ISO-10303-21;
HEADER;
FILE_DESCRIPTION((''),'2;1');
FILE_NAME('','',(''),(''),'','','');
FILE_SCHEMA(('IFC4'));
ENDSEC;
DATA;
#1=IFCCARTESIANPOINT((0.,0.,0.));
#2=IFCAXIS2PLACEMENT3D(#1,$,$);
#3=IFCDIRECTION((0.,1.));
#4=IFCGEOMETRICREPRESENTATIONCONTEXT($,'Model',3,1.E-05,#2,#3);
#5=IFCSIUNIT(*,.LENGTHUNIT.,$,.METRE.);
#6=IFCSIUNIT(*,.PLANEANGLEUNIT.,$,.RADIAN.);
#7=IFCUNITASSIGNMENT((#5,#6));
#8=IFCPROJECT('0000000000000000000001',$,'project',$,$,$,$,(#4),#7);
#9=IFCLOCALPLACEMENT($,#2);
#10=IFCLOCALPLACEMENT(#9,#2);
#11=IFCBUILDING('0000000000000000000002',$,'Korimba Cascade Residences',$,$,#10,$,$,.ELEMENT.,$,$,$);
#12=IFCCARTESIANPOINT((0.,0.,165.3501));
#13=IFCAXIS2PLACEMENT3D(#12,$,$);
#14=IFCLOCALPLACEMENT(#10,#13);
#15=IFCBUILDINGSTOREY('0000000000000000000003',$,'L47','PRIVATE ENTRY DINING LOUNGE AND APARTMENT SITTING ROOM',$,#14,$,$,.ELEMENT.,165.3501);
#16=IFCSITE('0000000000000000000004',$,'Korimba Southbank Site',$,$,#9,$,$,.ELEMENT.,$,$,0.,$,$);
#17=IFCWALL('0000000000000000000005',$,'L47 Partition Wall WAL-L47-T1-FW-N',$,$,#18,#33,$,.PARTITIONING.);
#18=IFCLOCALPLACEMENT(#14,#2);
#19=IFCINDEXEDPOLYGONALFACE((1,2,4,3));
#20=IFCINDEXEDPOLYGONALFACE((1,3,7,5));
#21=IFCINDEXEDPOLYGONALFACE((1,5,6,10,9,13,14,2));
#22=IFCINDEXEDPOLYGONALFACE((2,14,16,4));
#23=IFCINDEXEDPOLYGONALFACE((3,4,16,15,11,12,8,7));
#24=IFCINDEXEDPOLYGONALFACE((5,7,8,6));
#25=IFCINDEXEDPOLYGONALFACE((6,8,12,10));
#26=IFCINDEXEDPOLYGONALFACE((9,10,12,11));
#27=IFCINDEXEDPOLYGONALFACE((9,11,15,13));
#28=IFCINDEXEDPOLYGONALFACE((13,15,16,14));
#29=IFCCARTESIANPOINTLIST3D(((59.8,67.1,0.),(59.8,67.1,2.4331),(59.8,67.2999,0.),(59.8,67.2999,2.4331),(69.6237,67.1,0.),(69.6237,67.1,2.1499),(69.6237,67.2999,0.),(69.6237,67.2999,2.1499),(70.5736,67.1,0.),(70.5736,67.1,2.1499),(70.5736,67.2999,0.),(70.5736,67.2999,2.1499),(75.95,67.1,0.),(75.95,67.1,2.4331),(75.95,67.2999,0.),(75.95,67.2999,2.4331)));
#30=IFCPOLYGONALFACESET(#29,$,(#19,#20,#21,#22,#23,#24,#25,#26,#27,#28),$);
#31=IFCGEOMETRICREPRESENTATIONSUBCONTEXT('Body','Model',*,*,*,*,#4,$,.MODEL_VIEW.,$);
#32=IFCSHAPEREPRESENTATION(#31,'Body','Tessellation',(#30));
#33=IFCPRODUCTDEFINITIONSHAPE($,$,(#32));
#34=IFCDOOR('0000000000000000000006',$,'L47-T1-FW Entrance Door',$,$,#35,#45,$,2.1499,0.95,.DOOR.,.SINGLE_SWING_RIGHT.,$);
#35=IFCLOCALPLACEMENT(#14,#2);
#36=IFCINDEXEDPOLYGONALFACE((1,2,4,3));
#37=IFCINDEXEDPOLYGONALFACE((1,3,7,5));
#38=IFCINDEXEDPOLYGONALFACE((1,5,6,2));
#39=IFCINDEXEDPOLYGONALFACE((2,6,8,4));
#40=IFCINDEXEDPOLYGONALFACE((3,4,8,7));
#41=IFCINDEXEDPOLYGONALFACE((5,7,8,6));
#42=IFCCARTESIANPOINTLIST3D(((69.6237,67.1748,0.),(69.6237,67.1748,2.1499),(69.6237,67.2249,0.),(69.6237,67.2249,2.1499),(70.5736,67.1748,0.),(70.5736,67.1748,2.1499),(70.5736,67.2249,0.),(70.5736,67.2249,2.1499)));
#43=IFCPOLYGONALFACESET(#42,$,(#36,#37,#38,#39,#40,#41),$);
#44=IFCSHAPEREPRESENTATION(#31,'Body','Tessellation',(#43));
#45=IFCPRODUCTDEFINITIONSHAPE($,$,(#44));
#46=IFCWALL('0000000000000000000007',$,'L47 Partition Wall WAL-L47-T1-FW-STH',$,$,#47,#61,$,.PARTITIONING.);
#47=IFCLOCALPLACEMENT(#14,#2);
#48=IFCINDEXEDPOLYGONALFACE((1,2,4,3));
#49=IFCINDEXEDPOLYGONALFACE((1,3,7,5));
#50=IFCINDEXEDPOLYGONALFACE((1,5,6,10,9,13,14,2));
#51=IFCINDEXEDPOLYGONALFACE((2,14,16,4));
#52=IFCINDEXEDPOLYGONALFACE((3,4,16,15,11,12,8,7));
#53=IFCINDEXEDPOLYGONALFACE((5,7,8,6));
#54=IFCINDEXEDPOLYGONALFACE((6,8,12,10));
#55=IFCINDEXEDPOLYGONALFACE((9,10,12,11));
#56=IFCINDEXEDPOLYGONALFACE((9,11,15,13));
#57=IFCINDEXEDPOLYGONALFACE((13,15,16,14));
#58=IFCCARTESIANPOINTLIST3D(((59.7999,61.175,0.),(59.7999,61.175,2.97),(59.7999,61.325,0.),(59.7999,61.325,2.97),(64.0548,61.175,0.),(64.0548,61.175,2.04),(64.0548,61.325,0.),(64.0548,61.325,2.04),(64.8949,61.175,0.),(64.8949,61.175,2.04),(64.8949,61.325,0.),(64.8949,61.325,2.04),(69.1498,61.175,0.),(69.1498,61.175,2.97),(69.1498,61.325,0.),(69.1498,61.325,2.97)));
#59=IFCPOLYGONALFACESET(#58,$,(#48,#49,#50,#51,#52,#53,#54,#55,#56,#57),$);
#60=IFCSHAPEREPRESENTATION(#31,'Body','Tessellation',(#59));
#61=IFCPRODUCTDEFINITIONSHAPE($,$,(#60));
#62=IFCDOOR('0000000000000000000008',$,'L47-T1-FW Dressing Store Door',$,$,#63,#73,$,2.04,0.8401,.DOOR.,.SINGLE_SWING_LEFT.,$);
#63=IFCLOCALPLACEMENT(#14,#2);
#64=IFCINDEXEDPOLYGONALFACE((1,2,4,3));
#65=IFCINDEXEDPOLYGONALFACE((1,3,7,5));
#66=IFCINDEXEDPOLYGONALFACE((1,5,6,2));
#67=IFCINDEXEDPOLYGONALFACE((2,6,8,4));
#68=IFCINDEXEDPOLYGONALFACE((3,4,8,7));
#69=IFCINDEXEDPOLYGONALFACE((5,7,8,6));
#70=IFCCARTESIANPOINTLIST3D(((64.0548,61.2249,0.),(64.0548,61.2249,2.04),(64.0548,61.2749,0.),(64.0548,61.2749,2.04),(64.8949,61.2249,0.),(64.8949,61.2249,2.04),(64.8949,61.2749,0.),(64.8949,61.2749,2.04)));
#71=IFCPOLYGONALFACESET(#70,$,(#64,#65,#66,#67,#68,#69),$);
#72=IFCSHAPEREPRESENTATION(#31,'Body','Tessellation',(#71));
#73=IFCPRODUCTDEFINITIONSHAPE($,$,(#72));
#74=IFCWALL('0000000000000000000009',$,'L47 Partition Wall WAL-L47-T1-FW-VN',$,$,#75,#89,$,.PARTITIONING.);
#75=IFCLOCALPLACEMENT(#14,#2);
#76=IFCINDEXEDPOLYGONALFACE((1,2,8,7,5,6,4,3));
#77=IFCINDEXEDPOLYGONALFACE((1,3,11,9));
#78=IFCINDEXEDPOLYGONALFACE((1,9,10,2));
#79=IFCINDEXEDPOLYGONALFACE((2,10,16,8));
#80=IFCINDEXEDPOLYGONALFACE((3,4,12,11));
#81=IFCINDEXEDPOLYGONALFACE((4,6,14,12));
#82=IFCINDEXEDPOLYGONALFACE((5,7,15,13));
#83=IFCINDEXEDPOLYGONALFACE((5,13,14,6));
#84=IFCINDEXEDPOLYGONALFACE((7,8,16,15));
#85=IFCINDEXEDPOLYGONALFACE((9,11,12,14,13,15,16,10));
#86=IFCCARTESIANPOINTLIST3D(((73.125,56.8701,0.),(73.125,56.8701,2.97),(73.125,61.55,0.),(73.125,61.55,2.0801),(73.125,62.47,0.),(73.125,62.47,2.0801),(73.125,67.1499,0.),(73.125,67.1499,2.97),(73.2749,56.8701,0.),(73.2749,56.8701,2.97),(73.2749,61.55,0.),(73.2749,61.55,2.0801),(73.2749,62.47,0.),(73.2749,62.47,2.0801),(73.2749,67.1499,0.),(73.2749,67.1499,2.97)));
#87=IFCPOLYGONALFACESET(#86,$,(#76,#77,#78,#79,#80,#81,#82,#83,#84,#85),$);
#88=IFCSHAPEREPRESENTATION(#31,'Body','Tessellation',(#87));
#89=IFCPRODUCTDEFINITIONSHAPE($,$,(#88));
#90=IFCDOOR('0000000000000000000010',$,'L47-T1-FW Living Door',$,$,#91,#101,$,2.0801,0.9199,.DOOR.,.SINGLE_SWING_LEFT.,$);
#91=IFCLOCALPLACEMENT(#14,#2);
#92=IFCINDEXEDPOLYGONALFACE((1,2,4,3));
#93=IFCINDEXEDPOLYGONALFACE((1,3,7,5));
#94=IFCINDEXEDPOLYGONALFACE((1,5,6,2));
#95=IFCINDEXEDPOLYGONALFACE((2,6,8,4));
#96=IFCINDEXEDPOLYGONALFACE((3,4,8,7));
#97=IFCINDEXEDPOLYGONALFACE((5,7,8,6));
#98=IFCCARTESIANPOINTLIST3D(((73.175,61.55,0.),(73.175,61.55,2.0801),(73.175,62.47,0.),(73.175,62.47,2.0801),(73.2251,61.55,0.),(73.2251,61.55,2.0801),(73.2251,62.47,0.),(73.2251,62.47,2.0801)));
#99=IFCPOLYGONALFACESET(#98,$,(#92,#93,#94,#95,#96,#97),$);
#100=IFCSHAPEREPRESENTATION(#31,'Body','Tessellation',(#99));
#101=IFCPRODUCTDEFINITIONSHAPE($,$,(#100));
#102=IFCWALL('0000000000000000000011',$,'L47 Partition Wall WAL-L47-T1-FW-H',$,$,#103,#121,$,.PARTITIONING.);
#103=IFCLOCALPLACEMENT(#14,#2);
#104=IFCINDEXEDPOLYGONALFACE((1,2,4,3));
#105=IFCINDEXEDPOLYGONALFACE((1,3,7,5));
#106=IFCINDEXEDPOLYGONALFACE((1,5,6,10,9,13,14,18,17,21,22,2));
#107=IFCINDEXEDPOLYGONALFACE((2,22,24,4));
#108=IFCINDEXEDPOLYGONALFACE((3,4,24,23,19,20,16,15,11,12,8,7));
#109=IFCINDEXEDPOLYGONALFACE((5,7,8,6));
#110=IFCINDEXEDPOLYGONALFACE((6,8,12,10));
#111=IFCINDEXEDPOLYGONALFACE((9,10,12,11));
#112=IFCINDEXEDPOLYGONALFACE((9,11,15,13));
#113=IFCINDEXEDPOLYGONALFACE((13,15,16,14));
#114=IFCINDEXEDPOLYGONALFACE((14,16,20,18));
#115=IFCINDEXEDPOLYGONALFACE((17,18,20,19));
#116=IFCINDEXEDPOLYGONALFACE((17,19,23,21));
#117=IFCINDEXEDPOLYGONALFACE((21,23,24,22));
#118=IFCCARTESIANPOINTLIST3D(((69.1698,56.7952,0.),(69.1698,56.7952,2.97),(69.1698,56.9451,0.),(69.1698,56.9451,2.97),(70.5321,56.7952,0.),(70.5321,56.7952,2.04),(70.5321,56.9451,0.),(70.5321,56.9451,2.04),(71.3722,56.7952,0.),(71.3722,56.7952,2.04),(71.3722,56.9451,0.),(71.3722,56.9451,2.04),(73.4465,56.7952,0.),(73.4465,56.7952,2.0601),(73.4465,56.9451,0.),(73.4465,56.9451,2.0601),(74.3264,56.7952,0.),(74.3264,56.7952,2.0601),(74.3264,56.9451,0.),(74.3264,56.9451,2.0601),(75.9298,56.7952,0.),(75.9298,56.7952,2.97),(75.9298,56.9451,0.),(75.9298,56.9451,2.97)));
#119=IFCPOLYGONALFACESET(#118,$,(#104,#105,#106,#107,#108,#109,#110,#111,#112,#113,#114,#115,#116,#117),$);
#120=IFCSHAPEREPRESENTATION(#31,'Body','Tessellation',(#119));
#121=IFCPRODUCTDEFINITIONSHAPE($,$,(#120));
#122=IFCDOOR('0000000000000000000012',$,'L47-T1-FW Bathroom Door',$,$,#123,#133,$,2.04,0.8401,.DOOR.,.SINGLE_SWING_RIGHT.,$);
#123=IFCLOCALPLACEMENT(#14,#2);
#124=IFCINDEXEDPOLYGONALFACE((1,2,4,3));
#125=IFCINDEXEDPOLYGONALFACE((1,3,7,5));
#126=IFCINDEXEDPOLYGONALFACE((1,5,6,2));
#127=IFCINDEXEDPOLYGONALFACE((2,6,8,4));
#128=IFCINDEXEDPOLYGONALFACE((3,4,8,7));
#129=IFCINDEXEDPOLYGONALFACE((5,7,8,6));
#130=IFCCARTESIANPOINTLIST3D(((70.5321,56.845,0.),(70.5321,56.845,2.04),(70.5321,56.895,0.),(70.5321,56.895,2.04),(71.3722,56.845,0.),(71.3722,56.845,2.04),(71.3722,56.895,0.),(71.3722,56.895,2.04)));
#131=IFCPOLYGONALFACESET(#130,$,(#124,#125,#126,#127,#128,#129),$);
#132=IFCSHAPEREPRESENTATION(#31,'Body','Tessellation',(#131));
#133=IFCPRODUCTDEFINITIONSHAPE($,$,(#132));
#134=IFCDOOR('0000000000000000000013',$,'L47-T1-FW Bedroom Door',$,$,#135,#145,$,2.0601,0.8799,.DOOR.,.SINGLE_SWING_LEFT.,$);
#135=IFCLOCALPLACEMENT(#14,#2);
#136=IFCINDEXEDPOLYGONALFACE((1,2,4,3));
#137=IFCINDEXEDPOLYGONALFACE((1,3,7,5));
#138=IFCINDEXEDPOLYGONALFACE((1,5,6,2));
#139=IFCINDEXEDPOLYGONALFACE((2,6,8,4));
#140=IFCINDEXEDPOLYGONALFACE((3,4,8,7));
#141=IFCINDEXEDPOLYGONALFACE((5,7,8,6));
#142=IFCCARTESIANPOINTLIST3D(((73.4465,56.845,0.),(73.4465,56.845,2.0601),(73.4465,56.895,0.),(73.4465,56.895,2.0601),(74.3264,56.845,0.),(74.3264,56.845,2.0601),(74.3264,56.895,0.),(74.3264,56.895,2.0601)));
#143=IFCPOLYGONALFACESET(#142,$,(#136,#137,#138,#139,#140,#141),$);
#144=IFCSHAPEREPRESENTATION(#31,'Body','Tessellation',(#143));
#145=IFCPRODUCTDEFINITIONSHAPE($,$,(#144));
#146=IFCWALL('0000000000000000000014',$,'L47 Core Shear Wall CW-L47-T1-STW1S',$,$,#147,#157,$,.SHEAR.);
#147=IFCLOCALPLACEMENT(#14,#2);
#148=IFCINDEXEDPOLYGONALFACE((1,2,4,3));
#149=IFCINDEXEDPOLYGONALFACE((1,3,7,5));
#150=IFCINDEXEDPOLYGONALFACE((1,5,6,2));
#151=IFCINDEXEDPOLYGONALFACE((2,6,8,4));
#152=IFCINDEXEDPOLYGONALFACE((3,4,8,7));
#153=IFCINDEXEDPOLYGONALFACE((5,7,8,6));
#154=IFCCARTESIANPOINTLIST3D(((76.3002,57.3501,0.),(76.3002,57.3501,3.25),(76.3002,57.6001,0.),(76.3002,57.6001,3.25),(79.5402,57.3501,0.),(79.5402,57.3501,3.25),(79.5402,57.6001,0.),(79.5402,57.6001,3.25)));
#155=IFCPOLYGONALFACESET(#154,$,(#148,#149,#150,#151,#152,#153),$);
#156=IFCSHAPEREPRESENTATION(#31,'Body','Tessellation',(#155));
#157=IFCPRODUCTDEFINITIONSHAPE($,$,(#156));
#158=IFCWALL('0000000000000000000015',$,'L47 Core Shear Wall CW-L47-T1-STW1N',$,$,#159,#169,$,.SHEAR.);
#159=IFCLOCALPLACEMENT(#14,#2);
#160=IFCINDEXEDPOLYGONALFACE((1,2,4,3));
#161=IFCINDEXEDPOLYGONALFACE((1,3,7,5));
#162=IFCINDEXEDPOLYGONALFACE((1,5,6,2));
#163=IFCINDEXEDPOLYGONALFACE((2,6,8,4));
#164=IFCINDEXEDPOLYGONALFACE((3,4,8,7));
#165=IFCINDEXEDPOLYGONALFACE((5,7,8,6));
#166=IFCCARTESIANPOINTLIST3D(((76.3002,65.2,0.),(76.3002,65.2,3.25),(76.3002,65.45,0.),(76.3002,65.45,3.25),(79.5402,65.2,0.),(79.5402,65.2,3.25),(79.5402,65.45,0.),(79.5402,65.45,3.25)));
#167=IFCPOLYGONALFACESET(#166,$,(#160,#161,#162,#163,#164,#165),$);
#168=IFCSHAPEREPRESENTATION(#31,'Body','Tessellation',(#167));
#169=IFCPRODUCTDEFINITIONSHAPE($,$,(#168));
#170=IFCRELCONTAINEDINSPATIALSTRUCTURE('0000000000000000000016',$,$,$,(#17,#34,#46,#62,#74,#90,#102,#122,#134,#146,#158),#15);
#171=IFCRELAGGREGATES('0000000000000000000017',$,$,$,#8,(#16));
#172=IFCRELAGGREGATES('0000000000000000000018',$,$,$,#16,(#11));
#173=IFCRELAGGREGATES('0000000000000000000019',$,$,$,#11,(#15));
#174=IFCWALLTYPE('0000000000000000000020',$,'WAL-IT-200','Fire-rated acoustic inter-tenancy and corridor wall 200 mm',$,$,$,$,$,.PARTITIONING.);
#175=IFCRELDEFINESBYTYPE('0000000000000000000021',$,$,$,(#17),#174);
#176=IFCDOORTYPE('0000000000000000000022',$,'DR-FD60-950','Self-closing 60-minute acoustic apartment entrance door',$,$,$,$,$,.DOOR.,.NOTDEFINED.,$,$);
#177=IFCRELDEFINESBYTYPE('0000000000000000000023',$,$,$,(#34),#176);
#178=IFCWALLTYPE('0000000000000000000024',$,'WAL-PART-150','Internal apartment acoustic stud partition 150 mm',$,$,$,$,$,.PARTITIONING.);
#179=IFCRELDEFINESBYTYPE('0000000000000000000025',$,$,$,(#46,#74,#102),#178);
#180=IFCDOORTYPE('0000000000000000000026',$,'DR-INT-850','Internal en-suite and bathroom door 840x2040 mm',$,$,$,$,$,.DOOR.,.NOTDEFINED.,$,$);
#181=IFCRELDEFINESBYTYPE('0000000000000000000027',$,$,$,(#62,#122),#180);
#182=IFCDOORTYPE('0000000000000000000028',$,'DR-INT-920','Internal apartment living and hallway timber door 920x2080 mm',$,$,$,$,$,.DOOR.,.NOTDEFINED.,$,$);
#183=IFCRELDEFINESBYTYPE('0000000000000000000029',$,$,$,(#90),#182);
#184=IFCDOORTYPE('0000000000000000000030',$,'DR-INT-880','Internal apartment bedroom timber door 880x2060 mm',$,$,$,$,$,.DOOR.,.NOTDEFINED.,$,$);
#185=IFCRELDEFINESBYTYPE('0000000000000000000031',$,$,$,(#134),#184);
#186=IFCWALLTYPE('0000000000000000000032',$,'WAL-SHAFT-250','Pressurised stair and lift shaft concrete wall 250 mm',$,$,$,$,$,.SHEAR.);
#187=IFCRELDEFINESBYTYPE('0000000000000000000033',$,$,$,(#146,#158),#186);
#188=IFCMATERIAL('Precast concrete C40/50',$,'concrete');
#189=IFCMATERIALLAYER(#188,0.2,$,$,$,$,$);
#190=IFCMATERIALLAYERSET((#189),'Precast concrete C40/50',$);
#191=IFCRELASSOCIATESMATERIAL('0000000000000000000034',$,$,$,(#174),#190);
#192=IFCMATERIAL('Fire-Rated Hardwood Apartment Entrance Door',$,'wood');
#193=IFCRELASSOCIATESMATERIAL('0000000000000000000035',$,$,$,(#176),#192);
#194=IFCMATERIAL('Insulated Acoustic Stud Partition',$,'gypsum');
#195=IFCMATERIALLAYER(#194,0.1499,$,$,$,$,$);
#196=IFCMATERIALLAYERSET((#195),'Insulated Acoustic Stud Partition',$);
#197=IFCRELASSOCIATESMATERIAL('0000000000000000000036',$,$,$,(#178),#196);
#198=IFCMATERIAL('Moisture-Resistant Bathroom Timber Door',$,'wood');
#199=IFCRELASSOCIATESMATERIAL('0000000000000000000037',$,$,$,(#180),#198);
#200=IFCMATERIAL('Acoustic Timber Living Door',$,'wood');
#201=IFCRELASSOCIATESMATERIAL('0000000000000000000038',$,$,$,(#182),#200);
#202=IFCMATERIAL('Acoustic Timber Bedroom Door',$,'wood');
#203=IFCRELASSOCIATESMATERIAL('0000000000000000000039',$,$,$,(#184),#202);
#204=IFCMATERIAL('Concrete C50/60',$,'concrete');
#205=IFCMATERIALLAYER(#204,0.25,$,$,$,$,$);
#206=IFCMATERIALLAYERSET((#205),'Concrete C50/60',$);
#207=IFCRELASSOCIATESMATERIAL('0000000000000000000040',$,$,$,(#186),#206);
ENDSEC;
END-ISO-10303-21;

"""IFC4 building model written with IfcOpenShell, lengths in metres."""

from ifc_helpers import new_model, si_unit, direction, frame, frame_2d, origin, place, context, subcontext, project, spatial, rectangle, extrude, material, layer, layer_set, type_object, element, fill, save


model = new_model("IFC4")

# Units and contexts
model_context = context("Model", 3, precision=1e-05, world=origin(), true_north=direction((0.0, 1.0)))
body_context = subcontext(model_context, "Body", "Model", "MODEL_VIEW")
ifc_project = project(units=[si_unit("LENGTHUNIT", "METRE"), si_unit("PLANEANGLEUNIT", "RADIAN")], contexts=[model_context])

# Site, building, storey
site_placement = place(None, origin())
site = spatial("IfcSite", under=ifc_project, at=site_placement, Name="Korimba Southbank Site", CompositionType="ELEMENT", RefElevation=0.0)
building_placement = place(site_placement, origin())
building = spatial("IfcBuilding", under=site, at=building_placement, Name="Korimba Cascade Residences", CompositionType="ELEMENT")
storey_placement = place(building_placement, frame((0.0, 0.0, 165.3501)))
storey = spatial("IfcBuildingStorey", under=building, at=storey_placement, Name="L47", Description="PRIVATE ENTRY DINING LOUNGE AND APARTMENT SITTING ROOM", CompositionType="ELEMENT", Elevation=165.3501)

# Walls, openings, doors
ifc_material_1 = material(Name="Precast concrete C40/50", Category="concrete")
ifc_layer_1 = layer(ifc_material_1, 0.2)
ifc_layer_set_1 = layer_set([ifc_layer_1], Name="Precast concrete C40/50")
wall_type_1 = type_object("IfcWallType", Name="WAL-IT-200", Description="Fire-rated acoustic inter-tenancy and corridor wall 200 mm", PredefinedType="PARTITIONING", material=ifc_layer_set_1)
wall_1_placement = place(storey_placement, frame((59.8, 67.2, 0.0), z_axis=(0.0, 0.0, 1.0), x_axis=(1.0, 0.0, 0.0)))
wall_1 = element("IfcWall", 1, at=wall_1_placement, inside=storey, type_object=wall_type_1, Name="L47 Partition Wall WAL-L47-T1-FW-N", PredefinedType="PARTITIONING", context=body_context, shape_type="SweptSolid", body=[
    extrude(rectangle(XDim=16.1499, YDim=0.2, at=frame_2d((8.075, 0.0))), origin(), (0.0, 0.0, 1.0), 2.4331),
])
opening_1_placement = place(wall_1_placement, frame((9.8235, 0.0, 0.0)))
opening_1 = element("IfcOpeningElement", 2, at=opening_1_placement, cuts=wall_1, PredefinedType="OPENING", context=body_context, shape_type="SweptSolid", body=[
    extrude(rectangle(XDim=0.95, YDim=2.1499, at=frame_2d((0.4751, 1.075))), frame((0.0, 0.1099, 0.0), z_axis=(0.0, -1.0, 0.0), x_axis=(1.0, 0.0, 0.0)), (0.0, 0.0, 1.0), 0.22),
])
ifc_material_2 = material(Name="Fire-Rated Hardwood Apartment Entrance Door", Category="wood")
door_type_1 = type_object("IfcDoorType", Name="DR-FD60-950", Description="Self-closing 60-minute acoustic apartment entrance door", OperationType="NOTDEFINED", PredefinedType="DOOR", material=ifc_material_2)
door_1_placement = place(opening_1_placement, origin())
door_1 = element("IfcDoor", 3, at=door_1_placement, inside=storey, type_object=door_type_1, Name="L47-T1-FW Entrance Door", OperationType="SINGLE_SWING_RIGHT", OverallHeight=2.1499, OverallWidth=0.95, PredefinedType="DOOR", context=body_context, shape_type="SweptSolid", body=[
    extrude(rectangle(XDim=0.95, YDim=2.1499, at=frame_2d((0.4751, 1.075))), frame((0.0, 0.0249, 0.0), z_axis=(0.0, -1.0, 0.0), x_axis=(1.0, 0.0, 0.0)), (0.0, 0.0, 1.0), 0.05),
])
fill(opening_1, door_1)
ifc_material_3 = material(Name="Insulated Acoustic Stud Partition", Category="gypsum")
ifc_layer_2 = layer(ifc_material_3, 0.1499)
ifc_layer_set_2 = layer_set([ifc_layer_2], Name="Insulated Acoustic Stud Partition")
wall_type_2 = type_object("IfcWallType", Name="WAL-PART-150", Description="Internal apartment acoustic stud partition 150 mm", PredefinedType="PARTITIONING", material=ifc_layer_set_2)
wall_2_placement = place(storey_placement, frame((59.8, 61.25, 0.0), z_axis=(0.0, 0.0, 1.0), x_axis=(1.0, 0.0, 0.0)))
wall_2 = element("IfcWall", 4, at=wall_2_placement, inside=storey, type_object=wall_type_2, Name="L47 Partition Wall WAL-L47-T1-FW-STH", PredefinedType="PARTITIONING", context=body_context, shape_type="SweptSolid", body=[
    extrude(rectangle(XDim=9.3499, YDim=0.1499, at=frame_2d((4.6748, 0.0))), origin(), (0.0, 0.0, 1.0), 2.97),
])
opening_2_placement = place(wall_2_placement, frame((4.2549, 0.0, 0.0)))
opening_2 = element("IfcOpeningElement", 5, at=opening_2_placement, cuts=wall_2, PredefinedType="OPENING", context=body_context, shape_type="SweptSolid", body=[
    extrude(rectangle(XDim=0.8401, YDim=2.04, at=frame_2d((0.4199, 1.02))), frame((0.0, 0.085, 0.0), z_axis=(0.0, -1.0, 0.0), x_axis=(1.0, 0.0, 0.0)), (0.0, 0.0, 1.0), 0.1699),
])
ifc_material_4 = material(Name="Moisture-Resistant Bathroom Timber Door", Category="wood")
door_type_2 = type_object("IfcDoorType", Name="DR-INT-850", Description="Internal en-suite and bathroom door 840x2040 mm", OperationType="NOTDEFINED", PredefinedType="DOOR", material=ifc_material_4)
door_2_placement = place(opening_2_placement, origin())
door_2 = element("IfcDoor", 6, at=door_2_placement, inside=storey, type_object=door_type_2, Name="L47-T1-FW Dressing Store Door", OperationType="SINGLE_SWING_LEFT", OverallHeight=2.04, OverallWidth=0.8401, PredefinedType="DOOR", context=body_context, shape_type="SweptSolid", body=[
    extrude(rectangle(XDim=0.8401, YDim=2.04, at=frame_2d((0.4199, 1.02))), frame((0.0, 0.0249, 0.0), z_axis=(0.0, -1.0, 0.0), x_axis=(1.0, 0.0, 0.0)), (0.0, 0.0, 1.0), 0.05),
])
fill(opening_2, door_2)
wall_3_placement = place(storey_placement, frame((73.2, 56.8701, 0.0), z_axis=(0.0, 0.0, 1.0), x_axis=(0.0, 1.0, 0.0)))
wall_3 = element("IfcWall", 7, at=wall_3_placement, inside=storey, type_object=wall_type_2, Name="L47 Partition Wall WAL-L47-T1-FW-VN", PredefinedType="PARTITIONING", context=body_context, shape_type="SweptSolid", body=[
    extrude(rectangle(XDim=10.2798, YDim=0.1499, at=frame_2d((5.1399, 0.0))), origin(), (0.0, 0.0, 1.0), 2.97),
])
opening_3_placement = place(wall_3_placement, frame((4.6799, 0.0, 0.0)))
opening_3 = element("IfcOpeningElement", 8, at=opening_3_placement, cuts=wall_3, PredefinedType="OPENING", context=body_context, shape_type="SweptSolid", body=[
    extrude(rectangle(XDim=0.9199, YDim=2.0801, at=frame_2d((0.46, 1.04))), frame((0.0, 0.085, 0.0), z_axis=(0.0, -1.0, 0.0), x_axis=(1.0, 0.0, 0.0)), (0.0, 0.0, 1.0), 0.1699),
])
ifc_material_5 = material(Name="Acoustic Timber Living Door", Category="wood")
door_type_3 = type_object("IfcDoorType", Name="DR-INT-920", Description="Internal apartment living and hallway timber door 920x2080 mm", OperationType="NOTDEFINED", PredefinedType="DOOR", material=ifc_material_5)
door_3_placement = place(opening_3_placement, origin())
door_3 = element("IfcDoor", 9, at=door_3_placement, inside=storey, type_object=door_type_3, Name="L47-T1-FW Living Door", OperationType="SINGLE_SWING_LEFT", OverallHeight=2.0801, OverallWidth=0.9199, PredefinedType="DOOR", context=body_context, shape_type="SweptSolid", body=[
    extrude(rectangle(XDim=0.9199, YDim=2.0801, at=frame_2d((0.46, 1.04))), frame((0.0, 0.0249, 0.0), z_axis=(0.0, -1.0, 0.0), x_axis=(1.0, 0.0, 0.0)), (0.0, 0.0, 1.0), 0.05),
])
fill(opening_3, door_3)

# Wall, openings, doors
wall_4_placement = place(storey_placement, frame((69.1699, 56.8701, 0.0), z_axis=(0.0, 0.0, 1.0), x_axis=(1.0, 0.0, 0.0)))
wall_4 = element("IfcWall", 10, at=wall_4_placement, inside=storey, type_object=wall_type_2, Name="L47 Partition Wall WAL-L47-T1-FW-H", PredefinedType="PARTITIONING", context=body_context, shape_type="SweptSolid", body=[
    extrude(rectangle(XDim=6.76, YDim=0.1499, at=frame_2d((3.3799, 0.0))), origin(), (0.0, 0.0, 1.0), 2.97),
])
opening_4_placement = place(wall_4_placement, frame((1.3623, 0.0, 0.0)))
opening_4 = element("IfcOpeningElement", 11, at=opening_4_placement, cuts=wall_4, PredefinedType="OPENING", context=body_context, shape_type="SweptSolid", body=[
    extrude(rectangle(XDim=0.8401, YDim=2.04, at=frame_2d((0.4199, 1.02))), frame((0.0, 0.085, 0.0), z_axis=(0.0, -1.0, 0.0), x_axis=(1.0, 0.0, 0.0)), (0.0, 0.0, 1.0), 0.1699),
])
opening_5_placement = place(wall_4_placement, frame((4.2766, 0.0, 0.0)))
opening_5 = element("IfcOpeningElement", 12, at=opening_5_placement, cuts=wall_4, PredefinedType="OPENING", context=body_context, shape_type="SweptSolid", body=[
    extrude(rectangle(XDim=0.8799, YDim=2.0601, at=frame_2d((0.4399, 1.03))), frame((0.0, 0.085, 0.0), z_axis=(0.0, -1.0, 0.0), x_axis=(1.0, 0.0, 0.0)), (0.0, 0.0, 1.0), 0.1699),
])
door_4_placement = place(opening_4_placement, origin())
door_4 = element("IfcDoor", 13, at=door_4_placement, inside=storey, type_object=door_type_2, Name="L47-T1-FW Bathroom Door", OperationType="SINGLE_SWING_RIGHT", OverallHeight=2.04, OverallWidth=0.8401, PredefinedType="DOOR", context=body_context, shape_type="SweptSolid", body=[
    extrude(rectangle(XDim=0.8401, YDim=2.04, at=frame_2d((0.4199, 1.02))), frame((0.0, 0.0249, 0.0), z_axis=(0.0, -1.0, 0.0), x_axis=(1.0, 0.0, 0.0)), (0.0, 0.0, 1.0), 0.05),
])
fill(opening_4, door_4)
ifc_material_6 = material(Name="Acoustic Timber Bedroom Door", Category="wood")
door_type_4 = type_object("IfcDoorType", Name="DR-INT-880", Description="Internal apartment bedroom timber door 880x2060 mm", OperationType="NOTDEFINED", PredefinedType="DOOR", material=ifc_material_6)
door_5_placement = place(opening_5_placement, origin())
door_5 = element("IfcDoor", 14, at=door_5_placement, inside=storey, type_object=door_type_4, Name="L47-T1-FW Bedroom Door", OperationType="SINGLE_SWING_LEFT", OverallHeight=2.0601, OverallWidth=0.8799, PredefinedType="DOOR", context=body_context, shape_type="SweptSolid", body=[
    extrude(rectangle(XDim=0.8799, YDim=2.0601, at=frame_2d((0.4399, 1.03))), frame((0.0, 0.0249, 0.0), z_axis=(0.0, -1.0, 0.0), x_axis=(1.0, 0.0, 0.0)), (0.0, 0.0, 1.0), 0.05),
])
fill(opening_5, door_5)

# Walls
ifc_material_7 = material(Name="Concrete C50/60", Category="concrete")
ifc_layer_3 = layer(ifc_material_7, 0.25)
ifc_layer_set_3 = layer_set([ifc_layer_3], Name="Concrete C50/60")
wall_type_3 = type_object("IfcWallType", Name="WAL-SHAFT-250", Description="Pressurised stair and lift shaft concrete wall 250 mm", PredefinedType="SHEAR", material=ifc_layer_set_3)
for number, where, z_axis, x_axis, name in (
    (15, (76.3, 57.4751, 0.0), (0.0, 0.0, 1.0), (1.0, 0.0, 0.0), "L47 Core Shear Wall CW-L47-T1-STW1S"),
    (16, (76.3, 65.325, 0.0), (0.0, 0.0, 1.0), (1.0, 0.0, 0.0), "L47 Core Shear Wall CW-L47-T1-STW1N"),
):
    element("IfcWall", number, at=place(storey_placement, frame(where, z_axis=z_axis, x_axis=x_axis)), inside=storey, type_object=wall_type_3, Name=name, PredefinedType="SHEAR", context=body_context, shape_type="SweptSolid", body=[
        extrude(rectangle(XDim=3.24, YDim=0.25, at=frame_2d((1.6201, 0.0))), origin(), (0.0, 0.0, 1.0), 3.25),
    ])

save(model, "model.ifc")
